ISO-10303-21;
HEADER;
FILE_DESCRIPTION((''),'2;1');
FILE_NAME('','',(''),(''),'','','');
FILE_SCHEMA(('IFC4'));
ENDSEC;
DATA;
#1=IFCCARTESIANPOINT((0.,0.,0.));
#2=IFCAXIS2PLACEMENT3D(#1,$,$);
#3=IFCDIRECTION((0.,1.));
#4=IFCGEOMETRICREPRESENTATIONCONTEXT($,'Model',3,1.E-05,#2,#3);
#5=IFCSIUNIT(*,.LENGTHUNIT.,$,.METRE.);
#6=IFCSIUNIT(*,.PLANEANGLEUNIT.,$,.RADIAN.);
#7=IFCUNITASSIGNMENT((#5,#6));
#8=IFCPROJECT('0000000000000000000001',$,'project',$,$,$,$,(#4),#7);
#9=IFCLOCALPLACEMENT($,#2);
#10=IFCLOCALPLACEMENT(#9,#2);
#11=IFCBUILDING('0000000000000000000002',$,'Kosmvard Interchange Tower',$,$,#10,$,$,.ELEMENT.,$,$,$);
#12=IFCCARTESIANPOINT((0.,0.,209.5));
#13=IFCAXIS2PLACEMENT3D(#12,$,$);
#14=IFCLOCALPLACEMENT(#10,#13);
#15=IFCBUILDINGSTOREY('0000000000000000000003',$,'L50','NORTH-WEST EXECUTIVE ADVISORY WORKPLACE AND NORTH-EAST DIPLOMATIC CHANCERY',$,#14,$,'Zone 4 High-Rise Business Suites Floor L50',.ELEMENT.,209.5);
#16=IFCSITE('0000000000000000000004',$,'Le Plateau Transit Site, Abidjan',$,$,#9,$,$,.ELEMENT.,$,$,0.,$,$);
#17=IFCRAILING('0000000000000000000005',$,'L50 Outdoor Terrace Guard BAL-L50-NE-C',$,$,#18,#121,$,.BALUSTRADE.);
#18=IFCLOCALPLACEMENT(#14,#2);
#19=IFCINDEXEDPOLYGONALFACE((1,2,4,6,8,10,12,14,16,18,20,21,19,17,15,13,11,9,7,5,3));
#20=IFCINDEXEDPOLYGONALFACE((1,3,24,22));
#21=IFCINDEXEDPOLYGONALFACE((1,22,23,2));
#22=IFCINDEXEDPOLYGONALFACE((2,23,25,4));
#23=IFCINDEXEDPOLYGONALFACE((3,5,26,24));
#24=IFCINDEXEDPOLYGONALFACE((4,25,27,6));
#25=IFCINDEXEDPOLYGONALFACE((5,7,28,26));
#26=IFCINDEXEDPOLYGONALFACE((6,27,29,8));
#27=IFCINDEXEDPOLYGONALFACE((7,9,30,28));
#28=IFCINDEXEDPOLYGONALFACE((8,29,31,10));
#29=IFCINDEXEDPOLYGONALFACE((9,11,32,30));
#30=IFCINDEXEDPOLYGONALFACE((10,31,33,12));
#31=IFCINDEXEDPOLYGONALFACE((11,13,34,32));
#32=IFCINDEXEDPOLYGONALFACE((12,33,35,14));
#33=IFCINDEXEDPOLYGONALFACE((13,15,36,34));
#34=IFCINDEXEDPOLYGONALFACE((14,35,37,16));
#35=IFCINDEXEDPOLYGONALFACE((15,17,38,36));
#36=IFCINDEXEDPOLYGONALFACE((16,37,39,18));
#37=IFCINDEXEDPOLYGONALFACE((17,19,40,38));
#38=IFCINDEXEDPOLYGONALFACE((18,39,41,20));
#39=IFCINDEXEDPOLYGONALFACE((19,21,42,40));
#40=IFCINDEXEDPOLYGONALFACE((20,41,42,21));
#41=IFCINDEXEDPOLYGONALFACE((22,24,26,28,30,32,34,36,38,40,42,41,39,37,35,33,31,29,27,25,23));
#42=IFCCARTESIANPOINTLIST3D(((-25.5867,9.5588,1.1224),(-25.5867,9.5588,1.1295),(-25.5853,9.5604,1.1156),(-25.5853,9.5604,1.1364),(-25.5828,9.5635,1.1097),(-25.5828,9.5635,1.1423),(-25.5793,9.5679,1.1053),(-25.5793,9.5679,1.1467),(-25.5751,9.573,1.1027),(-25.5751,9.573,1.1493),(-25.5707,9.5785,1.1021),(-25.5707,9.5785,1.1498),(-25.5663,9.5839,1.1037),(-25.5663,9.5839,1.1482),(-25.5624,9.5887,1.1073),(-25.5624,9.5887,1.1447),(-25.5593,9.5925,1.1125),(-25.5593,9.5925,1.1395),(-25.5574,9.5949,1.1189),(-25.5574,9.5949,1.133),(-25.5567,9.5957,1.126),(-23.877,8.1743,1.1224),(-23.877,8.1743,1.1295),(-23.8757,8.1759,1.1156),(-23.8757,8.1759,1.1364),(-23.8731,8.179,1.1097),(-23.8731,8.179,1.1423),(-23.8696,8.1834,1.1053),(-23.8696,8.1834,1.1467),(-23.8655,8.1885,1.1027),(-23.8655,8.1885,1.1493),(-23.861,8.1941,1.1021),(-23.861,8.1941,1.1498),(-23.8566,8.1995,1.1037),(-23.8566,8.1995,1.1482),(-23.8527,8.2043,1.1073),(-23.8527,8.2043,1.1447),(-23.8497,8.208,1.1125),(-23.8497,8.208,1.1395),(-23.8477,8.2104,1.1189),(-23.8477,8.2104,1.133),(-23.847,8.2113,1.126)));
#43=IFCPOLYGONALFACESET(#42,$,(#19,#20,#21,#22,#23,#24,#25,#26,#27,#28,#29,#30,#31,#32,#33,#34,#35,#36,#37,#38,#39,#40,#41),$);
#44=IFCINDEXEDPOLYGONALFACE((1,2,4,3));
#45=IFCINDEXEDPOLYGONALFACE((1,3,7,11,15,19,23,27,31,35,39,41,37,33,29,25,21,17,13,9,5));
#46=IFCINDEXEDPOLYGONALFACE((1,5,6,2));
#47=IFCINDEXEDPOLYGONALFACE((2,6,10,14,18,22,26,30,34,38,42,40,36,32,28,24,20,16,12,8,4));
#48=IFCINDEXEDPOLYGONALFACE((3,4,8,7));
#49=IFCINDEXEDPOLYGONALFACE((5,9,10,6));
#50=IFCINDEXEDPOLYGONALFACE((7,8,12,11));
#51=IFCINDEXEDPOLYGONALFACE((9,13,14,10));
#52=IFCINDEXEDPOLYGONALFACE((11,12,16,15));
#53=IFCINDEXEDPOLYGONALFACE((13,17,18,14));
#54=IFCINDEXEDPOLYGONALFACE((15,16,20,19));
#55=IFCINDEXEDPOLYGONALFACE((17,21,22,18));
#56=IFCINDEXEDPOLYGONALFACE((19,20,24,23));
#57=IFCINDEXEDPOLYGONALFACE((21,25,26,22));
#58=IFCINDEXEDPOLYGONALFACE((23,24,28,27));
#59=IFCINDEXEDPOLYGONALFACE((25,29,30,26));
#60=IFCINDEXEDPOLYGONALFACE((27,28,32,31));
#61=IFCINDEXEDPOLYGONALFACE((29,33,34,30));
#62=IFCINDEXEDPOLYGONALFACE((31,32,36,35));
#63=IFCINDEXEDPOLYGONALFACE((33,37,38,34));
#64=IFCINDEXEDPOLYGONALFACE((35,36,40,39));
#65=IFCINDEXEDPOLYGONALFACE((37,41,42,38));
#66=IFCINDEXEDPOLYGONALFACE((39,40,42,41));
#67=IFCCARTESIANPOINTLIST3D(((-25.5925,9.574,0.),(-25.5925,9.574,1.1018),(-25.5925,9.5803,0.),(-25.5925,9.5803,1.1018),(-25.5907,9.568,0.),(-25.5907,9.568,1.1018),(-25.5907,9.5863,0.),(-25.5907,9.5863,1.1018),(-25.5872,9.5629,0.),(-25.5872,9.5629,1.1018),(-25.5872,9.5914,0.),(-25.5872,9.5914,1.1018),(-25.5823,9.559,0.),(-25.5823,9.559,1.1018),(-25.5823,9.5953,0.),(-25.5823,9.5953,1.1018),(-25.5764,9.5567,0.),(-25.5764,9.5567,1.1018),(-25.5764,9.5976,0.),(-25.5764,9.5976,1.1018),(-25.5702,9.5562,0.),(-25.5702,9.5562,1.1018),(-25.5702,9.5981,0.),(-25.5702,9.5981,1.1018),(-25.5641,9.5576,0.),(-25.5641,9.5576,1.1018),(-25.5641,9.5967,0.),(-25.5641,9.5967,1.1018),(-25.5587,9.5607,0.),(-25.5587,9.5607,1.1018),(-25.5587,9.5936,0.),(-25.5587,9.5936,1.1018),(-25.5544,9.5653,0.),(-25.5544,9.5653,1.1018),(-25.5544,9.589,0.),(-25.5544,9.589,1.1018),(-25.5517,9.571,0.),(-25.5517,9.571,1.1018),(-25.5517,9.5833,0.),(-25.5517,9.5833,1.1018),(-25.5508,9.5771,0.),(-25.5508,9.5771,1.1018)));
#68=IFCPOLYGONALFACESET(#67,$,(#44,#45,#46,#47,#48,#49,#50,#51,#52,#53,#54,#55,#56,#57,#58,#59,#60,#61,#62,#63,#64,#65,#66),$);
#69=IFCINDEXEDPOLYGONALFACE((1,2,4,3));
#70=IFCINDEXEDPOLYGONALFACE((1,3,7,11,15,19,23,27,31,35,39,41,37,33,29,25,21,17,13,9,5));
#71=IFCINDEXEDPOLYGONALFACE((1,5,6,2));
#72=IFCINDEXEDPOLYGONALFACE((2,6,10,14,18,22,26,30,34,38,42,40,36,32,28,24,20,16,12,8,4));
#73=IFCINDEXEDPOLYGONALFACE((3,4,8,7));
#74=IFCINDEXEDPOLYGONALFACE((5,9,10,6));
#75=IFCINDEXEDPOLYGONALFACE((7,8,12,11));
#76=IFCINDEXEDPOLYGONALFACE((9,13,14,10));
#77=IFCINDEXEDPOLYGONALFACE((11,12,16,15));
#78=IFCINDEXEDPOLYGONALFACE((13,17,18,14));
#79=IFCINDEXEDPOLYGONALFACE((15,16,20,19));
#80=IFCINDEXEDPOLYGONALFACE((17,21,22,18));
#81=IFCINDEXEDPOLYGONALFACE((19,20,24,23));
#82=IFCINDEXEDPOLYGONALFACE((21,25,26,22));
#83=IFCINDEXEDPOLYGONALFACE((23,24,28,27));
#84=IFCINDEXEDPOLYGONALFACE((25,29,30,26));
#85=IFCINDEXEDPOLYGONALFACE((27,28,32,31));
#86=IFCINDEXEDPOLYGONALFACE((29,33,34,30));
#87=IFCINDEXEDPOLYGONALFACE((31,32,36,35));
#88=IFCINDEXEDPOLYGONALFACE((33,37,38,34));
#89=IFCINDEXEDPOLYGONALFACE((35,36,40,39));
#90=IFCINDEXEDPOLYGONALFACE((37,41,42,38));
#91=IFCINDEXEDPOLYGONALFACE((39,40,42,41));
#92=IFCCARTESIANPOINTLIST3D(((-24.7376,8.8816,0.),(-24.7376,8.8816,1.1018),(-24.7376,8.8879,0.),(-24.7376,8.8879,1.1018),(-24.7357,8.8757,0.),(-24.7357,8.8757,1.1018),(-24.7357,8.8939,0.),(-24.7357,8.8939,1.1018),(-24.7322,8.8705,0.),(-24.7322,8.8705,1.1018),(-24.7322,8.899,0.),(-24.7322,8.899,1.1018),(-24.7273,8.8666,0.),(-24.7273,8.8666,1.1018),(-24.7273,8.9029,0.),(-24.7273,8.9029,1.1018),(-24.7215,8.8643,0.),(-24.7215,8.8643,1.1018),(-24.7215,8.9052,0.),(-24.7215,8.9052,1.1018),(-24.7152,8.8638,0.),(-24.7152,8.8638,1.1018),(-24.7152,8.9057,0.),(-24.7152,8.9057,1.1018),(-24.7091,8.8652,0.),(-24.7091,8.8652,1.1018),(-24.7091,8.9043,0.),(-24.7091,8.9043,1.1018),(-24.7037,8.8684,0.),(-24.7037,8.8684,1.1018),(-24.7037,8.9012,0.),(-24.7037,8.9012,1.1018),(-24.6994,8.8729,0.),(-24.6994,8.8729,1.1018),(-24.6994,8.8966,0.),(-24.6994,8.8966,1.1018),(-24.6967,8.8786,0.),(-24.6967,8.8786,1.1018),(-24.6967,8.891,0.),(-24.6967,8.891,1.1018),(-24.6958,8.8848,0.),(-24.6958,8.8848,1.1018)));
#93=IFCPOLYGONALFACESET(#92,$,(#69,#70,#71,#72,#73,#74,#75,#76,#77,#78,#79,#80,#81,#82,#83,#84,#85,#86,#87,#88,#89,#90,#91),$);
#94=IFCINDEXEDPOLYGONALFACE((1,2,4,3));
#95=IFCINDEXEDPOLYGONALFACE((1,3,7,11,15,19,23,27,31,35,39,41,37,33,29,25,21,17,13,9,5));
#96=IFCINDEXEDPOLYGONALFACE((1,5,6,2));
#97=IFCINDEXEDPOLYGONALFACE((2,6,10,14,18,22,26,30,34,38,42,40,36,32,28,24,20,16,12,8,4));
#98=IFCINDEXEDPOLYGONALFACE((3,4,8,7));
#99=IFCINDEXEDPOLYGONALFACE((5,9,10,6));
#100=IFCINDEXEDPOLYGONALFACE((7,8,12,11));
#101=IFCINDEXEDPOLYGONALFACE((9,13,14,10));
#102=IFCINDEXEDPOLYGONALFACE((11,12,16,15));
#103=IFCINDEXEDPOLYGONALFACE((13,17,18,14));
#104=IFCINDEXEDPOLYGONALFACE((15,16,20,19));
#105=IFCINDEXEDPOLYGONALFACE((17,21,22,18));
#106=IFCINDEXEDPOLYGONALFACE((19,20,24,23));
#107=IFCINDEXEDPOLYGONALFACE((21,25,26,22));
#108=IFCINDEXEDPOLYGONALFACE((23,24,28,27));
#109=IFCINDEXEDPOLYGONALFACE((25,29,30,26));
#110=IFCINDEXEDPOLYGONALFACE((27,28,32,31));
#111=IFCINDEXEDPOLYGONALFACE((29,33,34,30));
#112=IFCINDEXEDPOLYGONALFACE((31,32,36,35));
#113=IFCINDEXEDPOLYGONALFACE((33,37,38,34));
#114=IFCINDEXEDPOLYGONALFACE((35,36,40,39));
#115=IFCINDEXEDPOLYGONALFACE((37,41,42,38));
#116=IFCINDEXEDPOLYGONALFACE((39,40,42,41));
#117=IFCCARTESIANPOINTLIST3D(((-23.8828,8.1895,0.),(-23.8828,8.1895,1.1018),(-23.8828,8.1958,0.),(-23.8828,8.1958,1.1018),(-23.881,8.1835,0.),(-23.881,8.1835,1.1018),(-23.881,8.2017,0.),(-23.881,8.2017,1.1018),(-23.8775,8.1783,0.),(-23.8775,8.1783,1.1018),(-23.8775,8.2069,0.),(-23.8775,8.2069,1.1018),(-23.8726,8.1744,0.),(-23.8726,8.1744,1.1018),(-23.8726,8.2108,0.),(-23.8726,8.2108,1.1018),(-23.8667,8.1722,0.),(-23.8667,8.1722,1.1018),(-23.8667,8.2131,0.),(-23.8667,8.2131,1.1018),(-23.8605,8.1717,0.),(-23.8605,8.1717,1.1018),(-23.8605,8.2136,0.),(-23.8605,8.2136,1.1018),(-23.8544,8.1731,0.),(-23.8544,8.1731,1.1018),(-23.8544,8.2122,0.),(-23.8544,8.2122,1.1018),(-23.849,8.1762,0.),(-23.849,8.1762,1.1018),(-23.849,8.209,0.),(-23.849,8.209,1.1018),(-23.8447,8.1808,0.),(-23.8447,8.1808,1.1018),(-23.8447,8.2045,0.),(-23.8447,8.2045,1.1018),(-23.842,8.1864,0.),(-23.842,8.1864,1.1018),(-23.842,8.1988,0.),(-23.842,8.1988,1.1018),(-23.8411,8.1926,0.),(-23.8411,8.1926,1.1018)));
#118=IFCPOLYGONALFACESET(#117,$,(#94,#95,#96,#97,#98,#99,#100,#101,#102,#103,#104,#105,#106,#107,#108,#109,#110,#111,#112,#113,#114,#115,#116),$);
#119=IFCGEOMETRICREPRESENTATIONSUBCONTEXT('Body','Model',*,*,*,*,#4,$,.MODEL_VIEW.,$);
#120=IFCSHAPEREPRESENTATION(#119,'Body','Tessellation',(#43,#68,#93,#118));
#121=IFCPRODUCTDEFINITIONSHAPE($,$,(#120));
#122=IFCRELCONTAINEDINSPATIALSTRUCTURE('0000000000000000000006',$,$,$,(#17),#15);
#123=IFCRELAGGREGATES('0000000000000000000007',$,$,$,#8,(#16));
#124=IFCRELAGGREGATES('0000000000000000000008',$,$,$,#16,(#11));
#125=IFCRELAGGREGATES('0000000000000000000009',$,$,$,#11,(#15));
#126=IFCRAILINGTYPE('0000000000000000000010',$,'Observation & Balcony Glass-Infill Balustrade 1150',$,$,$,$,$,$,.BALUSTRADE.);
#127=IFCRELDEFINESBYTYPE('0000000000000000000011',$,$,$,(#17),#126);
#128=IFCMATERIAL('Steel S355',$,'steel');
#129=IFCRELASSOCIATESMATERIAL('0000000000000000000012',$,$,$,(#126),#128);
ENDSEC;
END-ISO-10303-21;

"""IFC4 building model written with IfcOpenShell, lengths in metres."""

from ifc_helpers import new_model, si_unit, direction, frame, origin, origin_2d, place, context, subcontext, project, spatial, circle, extrude, source, transform, mapped, material, type_object, element, save


model = new_model("IFC4")

# Units and contexts
model_context = context("Model", 3, precision=1e-05, world=origin(), true_north=direction((0.0, 1.0)))
body_context = subcontext(model_context, "Body", "Model", "MODEL_VIEW")
ifc_project = project(units=[si_unit("LENGTHUNIT", "METRE"), si_unit("PLANEANGLEUNIT", "RADIAN")], contexts=[model_context])

# Site, building, storey
site_placement = place(None, origin())
site = spatial("IfcSite", under=ifc_project, at=site_placement, Name="Le Plateau Transit Site, Abidjan", CompositionType="ELEMENT", RefElevation=0.0)
building_placement = place(site_placement, origin())
building = spatial("IfcBuilding", under=site, at=building_placement, Name="Kosmvard Interchange Tower", CompositionType="ELEMENT")
storey_placement = place(building_placement, frame((0.0, 0.0, 209.5)))
storey = spatial("IfcBuildingStorey", under=building, at=storey_placement, Name="L50", Description="NORTH-WEST EXECUTIVE ADVISORY WORKPLACE AND NORTH-EAST DIPLOMATIC CHANCERY", LongName="Zone 4 High-Rise Business Suites Floor L50", CompositionType="ELEMENT", Elevation=209.5)

# Shared definitions
ifc_material_1 = material(Name="Steel S355", Category="steel")

# Railing
railing_type = type_object("IfcRailingType", Name="Observation & Balcony Glass-Infill Balustrade 1150", PredefinedType="BALUSTRADE", material=ifc_material_1)
shared_shape_1 = source(origin(), body_context, "Body", "SweptSolid", [
    extrude(circle(Radius=0.0239, at=origin_2d()), frame((0.0, 0.0, 1.126), z_axis=(0.777141, -0.629326, 0.0), x_axis=(0.629326, 0.777141, 0.0)), (0.0, 0.0, 1.0), 2.2),
    extrude(circle(Radius=0.021, at=origin_2d()), origin(), (0.0, 0.0, 1.0), 1.1018),
    extrude(circle(Radius=0.021, at=origin_2d()), frame((0.855, -0.6924, 0.0)), (0.0, 0.0, 1.0), 1.1018),
    extrude(circle(Radius=0.021, at=origin_2d()), frame((1.7097, -1.3845, 0.0)), (0.0, 0.0, 1.0), 1.1018),
])
railing_1_placement = place(storey_placement, frame((-25.5718, 9.5771, 0.0)))
element("IfcRailing", 1, at=railing_1_placement, inside=storey, type_object=railing_type, Name="L50 Outdoor Terrace Guard BAL-L50-NE-C", PredefinedType="BALUSTRADE", context=body_context, shape_type="MappedRepresentation", body=[
    mapped(shared_shape_1, transform((0.0, 0.0, 0.0), scale=1.0)),
])

save(model, "model.ifc")
